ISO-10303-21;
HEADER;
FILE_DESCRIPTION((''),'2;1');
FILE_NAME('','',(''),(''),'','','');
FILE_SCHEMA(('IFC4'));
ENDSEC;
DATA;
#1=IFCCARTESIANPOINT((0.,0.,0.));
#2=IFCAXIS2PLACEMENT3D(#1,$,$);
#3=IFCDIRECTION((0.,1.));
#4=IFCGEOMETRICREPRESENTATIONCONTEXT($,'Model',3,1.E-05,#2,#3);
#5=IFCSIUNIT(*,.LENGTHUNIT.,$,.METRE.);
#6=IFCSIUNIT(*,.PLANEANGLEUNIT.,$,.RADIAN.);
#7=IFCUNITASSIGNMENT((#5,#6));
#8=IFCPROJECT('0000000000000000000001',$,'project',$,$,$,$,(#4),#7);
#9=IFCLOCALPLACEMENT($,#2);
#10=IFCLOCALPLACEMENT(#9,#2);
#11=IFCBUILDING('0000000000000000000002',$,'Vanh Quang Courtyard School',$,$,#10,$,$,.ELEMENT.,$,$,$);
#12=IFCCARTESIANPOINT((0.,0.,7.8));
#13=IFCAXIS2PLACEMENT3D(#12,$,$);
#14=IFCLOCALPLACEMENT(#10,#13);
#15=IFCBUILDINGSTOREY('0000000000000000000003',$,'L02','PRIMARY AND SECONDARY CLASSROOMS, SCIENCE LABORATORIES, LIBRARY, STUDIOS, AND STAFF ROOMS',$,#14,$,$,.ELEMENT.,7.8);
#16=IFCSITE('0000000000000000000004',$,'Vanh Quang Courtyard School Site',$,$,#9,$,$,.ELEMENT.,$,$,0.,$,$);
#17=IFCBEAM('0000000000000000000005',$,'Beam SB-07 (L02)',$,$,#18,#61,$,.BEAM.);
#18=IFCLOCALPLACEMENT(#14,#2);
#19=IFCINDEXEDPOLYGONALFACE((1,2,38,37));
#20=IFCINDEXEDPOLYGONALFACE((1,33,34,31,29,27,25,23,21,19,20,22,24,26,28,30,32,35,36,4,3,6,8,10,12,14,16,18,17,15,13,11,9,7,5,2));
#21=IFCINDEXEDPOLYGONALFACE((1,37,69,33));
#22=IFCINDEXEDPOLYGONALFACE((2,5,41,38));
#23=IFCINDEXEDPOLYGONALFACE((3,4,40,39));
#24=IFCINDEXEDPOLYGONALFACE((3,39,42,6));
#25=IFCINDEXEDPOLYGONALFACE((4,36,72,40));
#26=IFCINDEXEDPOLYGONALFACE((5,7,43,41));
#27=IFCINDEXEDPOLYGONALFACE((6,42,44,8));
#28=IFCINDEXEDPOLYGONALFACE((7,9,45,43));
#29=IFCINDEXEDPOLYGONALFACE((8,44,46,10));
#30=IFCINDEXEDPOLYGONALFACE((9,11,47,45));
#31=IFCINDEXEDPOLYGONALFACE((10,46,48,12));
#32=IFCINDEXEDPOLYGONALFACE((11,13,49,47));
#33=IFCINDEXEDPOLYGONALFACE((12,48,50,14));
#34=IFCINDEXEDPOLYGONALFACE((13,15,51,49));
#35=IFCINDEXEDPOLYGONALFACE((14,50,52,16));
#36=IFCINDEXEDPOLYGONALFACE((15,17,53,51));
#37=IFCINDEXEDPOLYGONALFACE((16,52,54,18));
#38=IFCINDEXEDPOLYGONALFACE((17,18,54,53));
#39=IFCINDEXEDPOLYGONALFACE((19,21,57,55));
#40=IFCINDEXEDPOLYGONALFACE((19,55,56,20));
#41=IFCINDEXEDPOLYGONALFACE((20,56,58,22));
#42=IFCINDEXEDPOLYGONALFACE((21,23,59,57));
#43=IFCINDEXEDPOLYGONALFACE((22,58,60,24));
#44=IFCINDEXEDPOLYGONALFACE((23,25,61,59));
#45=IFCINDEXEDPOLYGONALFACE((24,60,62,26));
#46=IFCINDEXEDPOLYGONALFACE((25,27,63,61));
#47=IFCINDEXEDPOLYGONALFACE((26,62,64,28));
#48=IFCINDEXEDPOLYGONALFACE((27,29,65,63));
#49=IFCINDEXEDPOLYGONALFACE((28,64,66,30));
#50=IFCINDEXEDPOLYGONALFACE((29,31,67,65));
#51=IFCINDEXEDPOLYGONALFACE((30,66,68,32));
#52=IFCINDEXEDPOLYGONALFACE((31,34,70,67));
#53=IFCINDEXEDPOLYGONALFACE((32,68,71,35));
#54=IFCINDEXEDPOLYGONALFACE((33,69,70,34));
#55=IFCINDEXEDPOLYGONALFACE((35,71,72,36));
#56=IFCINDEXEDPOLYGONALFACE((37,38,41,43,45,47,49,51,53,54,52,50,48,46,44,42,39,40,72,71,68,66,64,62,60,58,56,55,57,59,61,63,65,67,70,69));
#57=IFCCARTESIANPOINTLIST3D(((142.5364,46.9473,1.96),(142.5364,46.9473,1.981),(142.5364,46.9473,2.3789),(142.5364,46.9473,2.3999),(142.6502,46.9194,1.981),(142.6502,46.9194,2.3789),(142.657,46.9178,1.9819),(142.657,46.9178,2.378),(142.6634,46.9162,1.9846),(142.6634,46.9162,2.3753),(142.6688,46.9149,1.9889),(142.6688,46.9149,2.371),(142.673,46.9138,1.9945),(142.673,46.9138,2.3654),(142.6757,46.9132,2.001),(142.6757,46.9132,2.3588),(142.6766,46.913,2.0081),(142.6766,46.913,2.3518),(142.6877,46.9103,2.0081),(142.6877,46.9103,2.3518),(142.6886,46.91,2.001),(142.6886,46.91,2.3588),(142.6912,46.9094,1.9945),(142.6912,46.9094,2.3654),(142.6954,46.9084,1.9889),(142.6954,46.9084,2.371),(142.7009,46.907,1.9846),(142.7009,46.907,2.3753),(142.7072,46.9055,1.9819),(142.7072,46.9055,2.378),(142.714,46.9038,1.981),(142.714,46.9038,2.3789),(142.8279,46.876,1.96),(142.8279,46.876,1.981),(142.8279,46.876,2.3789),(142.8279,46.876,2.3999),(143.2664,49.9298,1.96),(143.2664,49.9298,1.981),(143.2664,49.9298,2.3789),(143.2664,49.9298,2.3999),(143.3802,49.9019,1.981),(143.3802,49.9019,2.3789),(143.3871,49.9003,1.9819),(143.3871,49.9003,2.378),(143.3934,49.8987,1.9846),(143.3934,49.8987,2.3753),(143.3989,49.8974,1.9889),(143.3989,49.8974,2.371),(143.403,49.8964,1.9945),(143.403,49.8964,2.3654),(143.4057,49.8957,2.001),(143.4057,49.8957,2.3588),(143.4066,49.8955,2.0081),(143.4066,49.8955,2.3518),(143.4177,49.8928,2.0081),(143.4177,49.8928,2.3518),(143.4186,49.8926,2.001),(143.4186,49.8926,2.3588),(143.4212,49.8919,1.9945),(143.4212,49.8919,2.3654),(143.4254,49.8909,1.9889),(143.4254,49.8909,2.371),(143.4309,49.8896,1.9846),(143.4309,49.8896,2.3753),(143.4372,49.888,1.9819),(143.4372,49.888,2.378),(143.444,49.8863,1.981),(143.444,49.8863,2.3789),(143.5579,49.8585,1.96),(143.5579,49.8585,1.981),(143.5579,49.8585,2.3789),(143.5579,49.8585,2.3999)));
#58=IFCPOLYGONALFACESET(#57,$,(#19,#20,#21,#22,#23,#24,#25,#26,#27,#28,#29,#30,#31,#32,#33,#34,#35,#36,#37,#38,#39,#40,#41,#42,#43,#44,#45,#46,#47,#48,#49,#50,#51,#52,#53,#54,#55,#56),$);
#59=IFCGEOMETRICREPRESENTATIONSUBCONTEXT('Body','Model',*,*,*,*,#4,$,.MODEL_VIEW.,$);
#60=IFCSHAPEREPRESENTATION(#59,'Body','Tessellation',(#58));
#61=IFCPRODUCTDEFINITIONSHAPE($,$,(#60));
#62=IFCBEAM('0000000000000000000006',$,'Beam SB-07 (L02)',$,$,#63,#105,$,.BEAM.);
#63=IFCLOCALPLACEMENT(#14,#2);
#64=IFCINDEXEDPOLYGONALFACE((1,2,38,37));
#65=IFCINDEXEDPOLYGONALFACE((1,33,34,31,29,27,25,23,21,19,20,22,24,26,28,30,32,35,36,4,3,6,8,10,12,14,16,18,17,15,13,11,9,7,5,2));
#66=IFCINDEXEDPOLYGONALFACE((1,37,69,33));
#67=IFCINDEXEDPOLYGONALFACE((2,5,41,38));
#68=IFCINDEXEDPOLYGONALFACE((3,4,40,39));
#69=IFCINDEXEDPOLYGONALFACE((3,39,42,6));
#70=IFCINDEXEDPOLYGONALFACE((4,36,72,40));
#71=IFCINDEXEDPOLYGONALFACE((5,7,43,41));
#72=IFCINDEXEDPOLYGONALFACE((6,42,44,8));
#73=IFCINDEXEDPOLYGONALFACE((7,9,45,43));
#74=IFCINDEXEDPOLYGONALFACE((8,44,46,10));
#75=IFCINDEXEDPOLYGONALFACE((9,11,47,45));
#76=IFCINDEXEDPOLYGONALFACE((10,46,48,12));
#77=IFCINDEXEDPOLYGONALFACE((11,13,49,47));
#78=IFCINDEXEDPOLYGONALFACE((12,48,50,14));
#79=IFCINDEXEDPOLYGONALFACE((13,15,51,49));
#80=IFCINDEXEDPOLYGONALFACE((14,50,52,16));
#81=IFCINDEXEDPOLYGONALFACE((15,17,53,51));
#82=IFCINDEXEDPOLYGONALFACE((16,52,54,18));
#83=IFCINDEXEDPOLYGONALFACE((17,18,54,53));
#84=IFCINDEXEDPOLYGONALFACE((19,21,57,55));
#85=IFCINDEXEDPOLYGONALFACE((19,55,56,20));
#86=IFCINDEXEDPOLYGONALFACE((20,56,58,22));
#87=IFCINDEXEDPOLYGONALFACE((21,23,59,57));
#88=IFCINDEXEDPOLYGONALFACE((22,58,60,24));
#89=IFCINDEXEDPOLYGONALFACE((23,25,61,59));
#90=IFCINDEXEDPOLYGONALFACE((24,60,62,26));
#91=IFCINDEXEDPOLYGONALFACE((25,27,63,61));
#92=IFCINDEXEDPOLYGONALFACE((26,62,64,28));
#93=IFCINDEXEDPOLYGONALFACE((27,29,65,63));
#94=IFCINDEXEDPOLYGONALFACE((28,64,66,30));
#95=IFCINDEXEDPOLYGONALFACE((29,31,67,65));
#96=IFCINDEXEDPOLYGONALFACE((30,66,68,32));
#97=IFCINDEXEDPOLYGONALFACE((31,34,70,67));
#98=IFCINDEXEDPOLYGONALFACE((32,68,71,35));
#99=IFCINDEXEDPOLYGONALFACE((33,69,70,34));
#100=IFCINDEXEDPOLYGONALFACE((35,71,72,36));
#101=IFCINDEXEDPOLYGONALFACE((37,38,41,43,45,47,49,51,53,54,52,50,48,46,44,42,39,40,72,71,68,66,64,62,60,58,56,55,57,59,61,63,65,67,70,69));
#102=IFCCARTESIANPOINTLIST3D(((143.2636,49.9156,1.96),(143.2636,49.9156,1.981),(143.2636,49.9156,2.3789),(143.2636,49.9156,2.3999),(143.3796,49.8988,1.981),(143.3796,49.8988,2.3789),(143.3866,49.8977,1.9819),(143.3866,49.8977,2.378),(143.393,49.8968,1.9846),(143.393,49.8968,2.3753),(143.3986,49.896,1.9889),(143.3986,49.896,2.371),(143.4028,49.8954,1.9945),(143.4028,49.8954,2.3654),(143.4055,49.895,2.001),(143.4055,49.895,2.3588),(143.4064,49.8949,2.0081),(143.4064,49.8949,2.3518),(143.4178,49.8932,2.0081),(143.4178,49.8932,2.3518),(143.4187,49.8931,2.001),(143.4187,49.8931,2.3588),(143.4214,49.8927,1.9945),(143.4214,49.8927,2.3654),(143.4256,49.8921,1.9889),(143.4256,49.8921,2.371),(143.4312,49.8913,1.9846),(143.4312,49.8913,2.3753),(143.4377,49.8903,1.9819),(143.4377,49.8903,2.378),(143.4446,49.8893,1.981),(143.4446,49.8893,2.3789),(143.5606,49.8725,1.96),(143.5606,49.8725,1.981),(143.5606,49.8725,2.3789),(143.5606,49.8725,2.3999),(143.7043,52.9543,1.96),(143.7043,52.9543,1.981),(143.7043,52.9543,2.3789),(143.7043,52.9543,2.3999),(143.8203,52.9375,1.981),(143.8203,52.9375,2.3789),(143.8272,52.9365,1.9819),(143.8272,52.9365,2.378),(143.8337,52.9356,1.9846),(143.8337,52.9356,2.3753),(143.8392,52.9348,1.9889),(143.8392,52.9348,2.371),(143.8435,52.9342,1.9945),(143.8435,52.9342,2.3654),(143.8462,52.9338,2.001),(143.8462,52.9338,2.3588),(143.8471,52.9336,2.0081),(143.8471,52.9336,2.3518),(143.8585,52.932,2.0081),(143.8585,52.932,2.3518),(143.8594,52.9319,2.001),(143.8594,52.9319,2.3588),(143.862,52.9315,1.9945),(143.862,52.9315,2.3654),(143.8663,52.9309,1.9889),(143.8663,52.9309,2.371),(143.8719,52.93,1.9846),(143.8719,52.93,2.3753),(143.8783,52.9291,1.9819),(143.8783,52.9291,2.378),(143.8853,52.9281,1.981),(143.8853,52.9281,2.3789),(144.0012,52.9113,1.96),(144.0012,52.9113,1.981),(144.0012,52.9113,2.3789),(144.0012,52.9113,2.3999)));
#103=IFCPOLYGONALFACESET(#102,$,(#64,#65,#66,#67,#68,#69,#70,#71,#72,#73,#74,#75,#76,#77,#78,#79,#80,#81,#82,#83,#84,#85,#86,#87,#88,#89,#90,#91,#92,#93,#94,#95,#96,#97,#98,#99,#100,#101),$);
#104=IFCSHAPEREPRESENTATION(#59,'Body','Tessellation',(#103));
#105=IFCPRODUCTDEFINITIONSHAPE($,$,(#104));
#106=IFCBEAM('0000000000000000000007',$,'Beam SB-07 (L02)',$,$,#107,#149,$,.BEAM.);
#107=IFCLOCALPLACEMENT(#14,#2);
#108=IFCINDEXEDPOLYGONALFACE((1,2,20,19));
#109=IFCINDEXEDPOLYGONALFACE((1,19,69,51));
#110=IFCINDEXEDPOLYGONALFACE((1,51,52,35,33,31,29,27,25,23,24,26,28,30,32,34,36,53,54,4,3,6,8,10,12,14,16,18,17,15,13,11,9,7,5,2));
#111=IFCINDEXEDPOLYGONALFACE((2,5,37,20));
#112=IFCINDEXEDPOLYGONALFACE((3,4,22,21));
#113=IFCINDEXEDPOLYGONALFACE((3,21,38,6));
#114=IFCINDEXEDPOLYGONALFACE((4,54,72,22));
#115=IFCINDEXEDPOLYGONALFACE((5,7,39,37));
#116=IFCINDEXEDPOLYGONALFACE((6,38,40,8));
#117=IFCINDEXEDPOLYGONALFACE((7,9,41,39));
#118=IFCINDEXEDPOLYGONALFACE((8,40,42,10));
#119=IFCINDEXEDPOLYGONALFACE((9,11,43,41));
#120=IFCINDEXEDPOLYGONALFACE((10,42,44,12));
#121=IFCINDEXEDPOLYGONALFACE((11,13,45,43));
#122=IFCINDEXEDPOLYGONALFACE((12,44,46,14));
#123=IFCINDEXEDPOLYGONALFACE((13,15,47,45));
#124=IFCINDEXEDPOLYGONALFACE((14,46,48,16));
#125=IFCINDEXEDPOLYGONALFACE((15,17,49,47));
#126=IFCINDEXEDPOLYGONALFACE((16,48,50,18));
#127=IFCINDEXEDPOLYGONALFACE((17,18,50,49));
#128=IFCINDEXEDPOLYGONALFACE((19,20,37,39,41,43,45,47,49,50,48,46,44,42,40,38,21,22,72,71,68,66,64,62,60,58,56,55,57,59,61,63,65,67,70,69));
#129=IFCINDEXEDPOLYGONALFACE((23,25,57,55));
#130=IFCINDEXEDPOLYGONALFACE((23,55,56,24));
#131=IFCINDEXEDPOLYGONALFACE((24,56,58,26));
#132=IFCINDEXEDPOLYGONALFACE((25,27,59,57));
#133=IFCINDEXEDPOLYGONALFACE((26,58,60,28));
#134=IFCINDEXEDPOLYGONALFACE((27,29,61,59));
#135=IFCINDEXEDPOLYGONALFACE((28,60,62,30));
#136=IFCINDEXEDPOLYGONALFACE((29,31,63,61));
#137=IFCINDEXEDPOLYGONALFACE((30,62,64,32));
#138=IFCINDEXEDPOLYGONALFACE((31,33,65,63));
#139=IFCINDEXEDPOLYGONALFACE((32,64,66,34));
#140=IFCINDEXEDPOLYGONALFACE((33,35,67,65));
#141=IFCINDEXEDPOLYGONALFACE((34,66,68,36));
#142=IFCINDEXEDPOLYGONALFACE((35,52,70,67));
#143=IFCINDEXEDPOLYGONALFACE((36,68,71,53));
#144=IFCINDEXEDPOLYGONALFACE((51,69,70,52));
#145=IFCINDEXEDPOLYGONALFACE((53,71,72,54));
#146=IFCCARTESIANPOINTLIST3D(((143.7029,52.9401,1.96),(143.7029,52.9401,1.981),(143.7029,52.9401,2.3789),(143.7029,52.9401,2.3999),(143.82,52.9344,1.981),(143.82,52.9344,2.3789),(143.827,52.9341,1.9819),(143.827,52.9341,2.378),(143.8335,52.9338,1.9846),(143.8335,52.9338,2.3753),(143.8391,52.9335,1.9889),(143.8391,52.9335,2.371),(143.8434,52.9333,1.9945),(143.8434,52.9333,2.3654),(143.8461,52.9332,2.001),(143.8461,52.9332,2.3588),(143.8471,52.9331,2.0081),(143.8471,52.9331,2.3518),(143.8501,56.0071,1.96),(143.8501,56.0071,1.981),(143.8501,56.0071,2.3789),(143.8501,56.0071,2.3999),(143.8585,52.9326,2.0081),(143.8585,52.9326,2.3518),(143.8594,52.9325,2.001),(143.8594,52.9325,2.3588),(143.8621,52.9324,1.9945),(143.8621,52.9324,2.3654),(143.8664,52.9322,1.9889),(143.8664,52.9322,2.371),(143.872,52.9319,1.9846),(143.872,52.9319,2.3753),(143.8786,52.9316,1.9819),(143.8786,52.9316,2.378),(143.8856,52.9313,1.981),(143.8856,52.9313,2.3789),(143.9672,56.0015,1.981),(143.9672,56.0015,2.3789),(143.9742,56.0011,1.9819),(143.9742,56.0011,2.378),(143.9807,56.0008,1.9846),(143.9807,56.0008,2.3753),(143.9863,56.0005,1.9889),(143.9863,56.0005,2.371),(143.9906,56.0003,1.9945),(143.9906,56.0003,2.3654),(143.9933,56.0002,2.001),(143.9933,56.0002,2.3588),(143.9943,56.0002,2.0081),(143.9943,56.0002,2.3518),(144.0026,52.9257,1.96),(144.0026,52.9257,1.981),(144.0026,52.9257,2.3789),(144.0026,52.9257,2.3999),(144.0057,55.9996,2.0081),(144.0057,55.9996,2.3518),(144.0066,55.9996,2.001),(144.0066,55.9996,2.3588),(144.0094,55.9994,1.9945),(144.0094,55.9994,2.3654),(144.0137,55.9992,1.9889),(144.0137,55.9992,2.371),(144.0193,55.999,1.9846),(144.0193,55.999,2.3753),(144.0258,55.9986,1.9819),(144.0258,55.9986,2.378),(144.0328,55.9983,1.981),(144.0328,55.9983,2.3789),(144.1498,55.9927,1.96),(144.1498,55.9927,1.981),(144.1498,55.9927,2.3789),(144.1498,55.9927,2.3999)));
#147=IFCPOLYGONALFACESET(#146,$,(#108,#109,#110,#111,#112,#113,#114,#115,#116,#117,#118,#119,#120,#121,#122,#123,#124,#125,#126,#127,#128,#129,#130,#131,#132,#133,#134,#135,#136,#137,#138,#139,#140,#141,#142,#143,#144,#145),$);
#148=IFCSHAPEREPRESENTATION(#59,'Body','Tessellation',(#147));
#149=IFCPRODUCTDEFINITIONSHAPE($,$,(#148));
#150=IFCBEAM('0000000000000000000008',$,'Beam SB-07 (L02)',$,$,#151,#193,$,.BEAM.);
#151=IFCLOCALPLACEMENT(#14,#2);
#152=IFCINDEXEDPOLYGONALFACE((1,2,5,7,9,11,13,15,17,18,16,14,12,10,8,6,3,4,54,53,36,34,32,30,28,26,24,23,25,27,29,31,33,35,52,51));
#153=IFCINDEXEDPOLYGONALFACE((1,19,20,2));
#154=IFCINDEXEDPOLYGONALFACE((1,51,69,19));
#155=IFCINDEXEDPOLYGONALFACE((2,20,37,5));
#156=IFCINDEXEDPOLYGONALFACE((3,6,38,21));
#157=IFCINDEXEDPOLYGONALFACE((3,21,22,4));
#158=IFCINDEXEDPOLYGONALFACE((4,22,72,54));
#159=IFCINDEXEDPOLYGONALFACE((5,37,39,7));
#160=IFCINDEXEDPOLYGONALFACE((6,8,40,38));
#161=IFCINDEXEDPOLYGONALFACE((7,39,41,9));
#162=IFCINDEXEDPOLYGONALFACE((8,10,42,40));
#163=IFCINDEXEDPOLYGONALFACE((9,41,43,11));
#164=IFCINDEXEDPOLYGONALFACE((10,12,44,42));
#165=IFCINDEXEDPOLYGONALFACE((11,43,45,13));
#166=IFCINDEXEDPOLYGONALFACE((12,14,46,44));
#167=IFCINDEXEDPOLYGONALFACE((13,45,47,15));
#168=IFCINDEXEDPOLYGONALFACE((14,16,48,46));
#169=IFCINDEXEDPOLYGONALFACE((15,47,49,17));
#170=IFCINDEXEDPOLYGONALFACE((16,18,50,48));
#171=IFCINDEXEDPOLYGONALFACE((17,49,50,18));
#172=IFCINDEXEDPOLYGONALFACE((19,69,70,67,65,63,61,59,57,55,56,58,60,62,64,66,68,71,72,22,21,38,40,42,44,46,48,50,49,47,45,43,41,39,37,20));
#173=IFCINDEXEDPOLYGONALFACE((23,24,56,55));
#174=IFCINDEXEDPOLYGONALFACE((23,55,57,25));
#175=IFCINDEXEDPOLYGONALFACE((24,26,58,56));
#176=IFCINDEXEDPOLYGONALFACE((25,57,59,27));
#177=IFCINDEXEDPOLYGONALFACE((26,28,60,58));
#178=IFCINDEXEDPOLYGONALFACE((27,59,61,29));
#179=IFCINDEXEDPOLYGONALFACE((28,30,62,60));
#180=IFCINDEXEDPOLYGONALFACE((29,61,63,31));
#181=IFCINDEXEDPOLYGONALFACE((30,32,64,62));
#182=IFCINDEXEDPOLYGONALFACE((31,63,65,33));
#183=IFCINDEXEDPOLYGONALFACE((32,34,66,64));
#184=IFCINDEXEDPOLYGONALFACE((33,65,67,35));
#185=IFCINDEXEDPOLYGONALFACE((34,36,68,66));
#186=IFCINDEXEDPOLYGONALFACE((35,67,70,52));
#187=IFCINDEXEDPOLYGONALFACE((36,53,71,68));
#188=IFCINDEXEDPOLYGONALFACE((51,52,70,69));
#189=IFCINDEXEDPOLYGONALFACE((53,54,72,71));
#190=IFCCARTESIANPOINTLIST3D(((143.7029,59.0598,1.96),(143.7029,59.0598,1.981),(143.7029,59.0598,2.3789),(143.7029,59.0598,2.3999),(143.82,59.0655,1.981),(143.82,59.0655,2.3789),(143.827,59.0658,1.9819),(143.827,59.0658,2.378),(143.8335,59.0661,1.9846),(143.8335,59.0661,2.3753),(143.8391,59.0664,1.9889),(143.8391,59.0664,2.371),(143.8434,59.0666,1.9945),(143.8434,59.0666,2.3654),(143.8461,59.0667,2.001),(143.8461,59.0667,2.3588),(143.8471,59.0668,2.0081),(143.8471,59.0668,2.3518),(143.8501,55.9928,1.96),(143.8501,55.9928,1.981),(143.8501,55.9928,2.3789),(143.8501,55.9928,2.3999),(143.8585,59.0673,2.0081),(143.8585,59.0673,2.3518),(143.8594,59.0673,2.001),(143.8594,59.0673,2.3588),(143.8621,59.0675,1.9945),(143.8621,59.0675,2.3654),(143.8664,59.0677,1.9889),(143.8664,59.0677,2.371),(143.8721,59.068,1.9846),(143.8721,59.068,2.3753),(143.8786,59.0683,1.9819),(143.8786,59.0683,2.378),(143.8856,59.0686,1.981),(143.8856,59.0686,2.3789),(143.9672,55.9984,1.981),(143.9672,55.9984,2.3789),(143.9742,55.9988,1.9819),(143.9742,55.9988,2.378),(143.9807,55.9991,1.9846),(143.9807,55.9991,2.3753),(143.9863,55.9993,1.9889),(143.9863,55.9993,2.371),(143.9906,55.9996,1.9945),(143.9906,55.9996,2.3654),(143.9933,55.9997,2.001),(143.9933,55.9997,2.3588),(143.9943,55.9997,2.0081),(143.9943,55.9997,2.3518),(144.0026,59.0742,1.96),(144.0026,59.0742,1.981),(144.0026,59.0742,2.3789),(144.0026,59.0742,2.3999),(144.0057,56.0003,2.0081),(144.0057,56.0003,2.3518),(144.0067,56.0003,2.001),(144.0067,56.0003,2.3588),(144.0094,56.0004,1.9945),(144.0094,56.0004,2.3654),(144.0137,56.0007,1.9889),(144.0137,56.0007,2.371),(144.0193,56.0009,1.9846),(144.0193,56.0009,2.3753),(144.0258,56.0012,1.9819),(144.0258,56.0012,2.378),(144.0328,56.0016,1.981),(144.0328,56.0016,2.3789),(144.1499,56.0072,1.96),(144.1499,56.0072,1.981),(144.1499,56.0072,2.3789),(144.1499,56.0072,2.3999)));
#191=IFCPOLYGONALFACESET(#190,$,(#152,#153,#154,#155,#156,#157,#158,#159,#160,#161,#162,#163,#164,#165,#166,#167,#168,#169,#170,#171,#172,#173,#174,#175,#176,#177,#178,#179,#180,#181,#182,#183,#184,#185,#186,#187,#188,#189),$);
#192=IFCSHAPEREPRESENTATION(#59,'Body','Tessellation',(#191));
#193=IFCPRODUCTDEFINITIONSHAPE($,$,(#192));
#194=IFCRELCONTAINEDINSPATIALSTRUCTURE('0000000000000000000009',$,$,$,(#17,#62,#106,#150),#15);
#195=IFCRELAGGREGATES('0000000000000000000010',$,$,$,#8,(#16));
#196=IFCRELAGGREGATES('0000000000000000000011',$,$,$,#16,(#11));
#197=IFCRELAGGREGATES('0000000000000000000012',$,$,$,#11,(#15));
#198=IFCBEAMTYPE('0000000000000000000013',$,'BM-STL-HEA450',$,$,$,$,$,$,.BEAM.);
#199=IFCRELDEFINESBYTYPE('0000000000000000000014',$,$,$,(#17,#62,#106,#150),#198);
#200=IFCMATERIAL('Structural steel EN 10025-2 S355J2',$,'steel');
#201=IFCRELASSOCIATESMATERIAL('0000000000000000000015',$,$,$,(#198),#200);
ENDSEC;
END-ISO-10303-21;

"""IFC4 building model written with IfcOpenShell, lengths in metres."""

from ifc_helpers import new_model, si_unit, direction, frame, origin, origin_2d, place, context, subcontext, project, spatial, i_section, extrude, material, material_profile, profile_set, type_object, element, save


model = new_model("IFC4")

# Units and contexts
model_context = context("Model", 3, precision=1e-05, world=origin(), true_north=direction((0.0, 1.0)))
body_context = subcontext(model_context, "Body", "Model", "MODEL_VIEW")
ifc_project = project(units=[si_unit("LENGTHUNIT", "METRE"), si_unit("PLANEANGLEUNIT", "RADIAN")], contexts=[model_context])

# Site, building, storey
site_placement = place(None, origin())
site = spatial("IfcSite", under=ifc_project, at=site_placement, Name="Vanh Quang Courtyard School Site", CompositionType="ELEMENT", RefElevation=0.0)
building_placement = place(site_placement, origin())
building = spatial("IfcBuilding", under=site, at=building_placement, Name="Vanh Quang Courtyard School", CompositionType="ELEMENT")
storey_placement = place(building_placement, frame((0.0, 0.0, 7.8)))
storey = spatial("IfcBuildingStorey", under=building, at=storey_placement, Name="L02", Description="PRIMARY AND SECONDARY CLASSROOMS, SCIENCE LABORATORIES, LIBRARY, STUDIOS, AND STAFF ROOMS", CompositionType="ELEMENT", Elevation=7.8)

# Beams
ifc_material_1 = material(Name="Structural steel EN 10025-2 S355J2", Category="steel")
ifc_material_profile_1 = material_profile(ifc_material_1, i_section(OverallWidth=0.3, OverallDepth=0.4399, WebThickness=0.0115, FlangeThickness=0.021, FilletRadius=0.0271, at=origin_2d()), Name="HEA 450")
ifc_profile_set_1 = profile_set([ifc_material_profile_1], Name="Structural steel EN 10025-2 S355J2")
beam_type_1 = type_object("IfcBeamType", Name="BM-STL-HEA450", PredefinedType="BEAM", material=ifc_profile_set_1)
for number, where, z_axis, x_axis, name in (
    (1, (142.6821, 46.9116, 2.1799), (0.237743, 0.971328, 0.0), (-0.971328, 0.237743, 0.0), "Beam SB-07 (L02)"),
    (2, (143.4121, 49.894, 2.1799), (0.143514, 0.989648, 0.0), (-0.989648, 0.143514, 0.0), "Beam SB-07 (L02)"),
    (3, (143.8528, 52.9329, 2.1799), (0.047943, 0.99885, 0.0), (-0.99885, 0.047943, 0.0), "Beam SB-07 (L02)"),
    (4, (144.0, 56.0, 2.1799), (-0.047943, 0.99885, 0.0), (-0.99885, -0.047943, 0.0), "Beam SB-07 (L02)"),
):
    element("IfcBeam", number, at=place(storey_placement, frame(where, z_axis=z_axis, x_axis=x_axis)), inside=storey, type_object=beam_type_1, Name=name, PredefinedType="BEAM", context=body_context, shape_type="SweptSolid", body=[
        extrude(i_section(OverallWidth=0.3, OverallDepth=0.4399, WebThickness=0.0115, FlangeThickness=0.021, FilletRadius=0.0271, at=origin_2d()), origin(), (0.0, 0.0, 1.0), 3.0706),
    ])

save(model, "model.ifc")
